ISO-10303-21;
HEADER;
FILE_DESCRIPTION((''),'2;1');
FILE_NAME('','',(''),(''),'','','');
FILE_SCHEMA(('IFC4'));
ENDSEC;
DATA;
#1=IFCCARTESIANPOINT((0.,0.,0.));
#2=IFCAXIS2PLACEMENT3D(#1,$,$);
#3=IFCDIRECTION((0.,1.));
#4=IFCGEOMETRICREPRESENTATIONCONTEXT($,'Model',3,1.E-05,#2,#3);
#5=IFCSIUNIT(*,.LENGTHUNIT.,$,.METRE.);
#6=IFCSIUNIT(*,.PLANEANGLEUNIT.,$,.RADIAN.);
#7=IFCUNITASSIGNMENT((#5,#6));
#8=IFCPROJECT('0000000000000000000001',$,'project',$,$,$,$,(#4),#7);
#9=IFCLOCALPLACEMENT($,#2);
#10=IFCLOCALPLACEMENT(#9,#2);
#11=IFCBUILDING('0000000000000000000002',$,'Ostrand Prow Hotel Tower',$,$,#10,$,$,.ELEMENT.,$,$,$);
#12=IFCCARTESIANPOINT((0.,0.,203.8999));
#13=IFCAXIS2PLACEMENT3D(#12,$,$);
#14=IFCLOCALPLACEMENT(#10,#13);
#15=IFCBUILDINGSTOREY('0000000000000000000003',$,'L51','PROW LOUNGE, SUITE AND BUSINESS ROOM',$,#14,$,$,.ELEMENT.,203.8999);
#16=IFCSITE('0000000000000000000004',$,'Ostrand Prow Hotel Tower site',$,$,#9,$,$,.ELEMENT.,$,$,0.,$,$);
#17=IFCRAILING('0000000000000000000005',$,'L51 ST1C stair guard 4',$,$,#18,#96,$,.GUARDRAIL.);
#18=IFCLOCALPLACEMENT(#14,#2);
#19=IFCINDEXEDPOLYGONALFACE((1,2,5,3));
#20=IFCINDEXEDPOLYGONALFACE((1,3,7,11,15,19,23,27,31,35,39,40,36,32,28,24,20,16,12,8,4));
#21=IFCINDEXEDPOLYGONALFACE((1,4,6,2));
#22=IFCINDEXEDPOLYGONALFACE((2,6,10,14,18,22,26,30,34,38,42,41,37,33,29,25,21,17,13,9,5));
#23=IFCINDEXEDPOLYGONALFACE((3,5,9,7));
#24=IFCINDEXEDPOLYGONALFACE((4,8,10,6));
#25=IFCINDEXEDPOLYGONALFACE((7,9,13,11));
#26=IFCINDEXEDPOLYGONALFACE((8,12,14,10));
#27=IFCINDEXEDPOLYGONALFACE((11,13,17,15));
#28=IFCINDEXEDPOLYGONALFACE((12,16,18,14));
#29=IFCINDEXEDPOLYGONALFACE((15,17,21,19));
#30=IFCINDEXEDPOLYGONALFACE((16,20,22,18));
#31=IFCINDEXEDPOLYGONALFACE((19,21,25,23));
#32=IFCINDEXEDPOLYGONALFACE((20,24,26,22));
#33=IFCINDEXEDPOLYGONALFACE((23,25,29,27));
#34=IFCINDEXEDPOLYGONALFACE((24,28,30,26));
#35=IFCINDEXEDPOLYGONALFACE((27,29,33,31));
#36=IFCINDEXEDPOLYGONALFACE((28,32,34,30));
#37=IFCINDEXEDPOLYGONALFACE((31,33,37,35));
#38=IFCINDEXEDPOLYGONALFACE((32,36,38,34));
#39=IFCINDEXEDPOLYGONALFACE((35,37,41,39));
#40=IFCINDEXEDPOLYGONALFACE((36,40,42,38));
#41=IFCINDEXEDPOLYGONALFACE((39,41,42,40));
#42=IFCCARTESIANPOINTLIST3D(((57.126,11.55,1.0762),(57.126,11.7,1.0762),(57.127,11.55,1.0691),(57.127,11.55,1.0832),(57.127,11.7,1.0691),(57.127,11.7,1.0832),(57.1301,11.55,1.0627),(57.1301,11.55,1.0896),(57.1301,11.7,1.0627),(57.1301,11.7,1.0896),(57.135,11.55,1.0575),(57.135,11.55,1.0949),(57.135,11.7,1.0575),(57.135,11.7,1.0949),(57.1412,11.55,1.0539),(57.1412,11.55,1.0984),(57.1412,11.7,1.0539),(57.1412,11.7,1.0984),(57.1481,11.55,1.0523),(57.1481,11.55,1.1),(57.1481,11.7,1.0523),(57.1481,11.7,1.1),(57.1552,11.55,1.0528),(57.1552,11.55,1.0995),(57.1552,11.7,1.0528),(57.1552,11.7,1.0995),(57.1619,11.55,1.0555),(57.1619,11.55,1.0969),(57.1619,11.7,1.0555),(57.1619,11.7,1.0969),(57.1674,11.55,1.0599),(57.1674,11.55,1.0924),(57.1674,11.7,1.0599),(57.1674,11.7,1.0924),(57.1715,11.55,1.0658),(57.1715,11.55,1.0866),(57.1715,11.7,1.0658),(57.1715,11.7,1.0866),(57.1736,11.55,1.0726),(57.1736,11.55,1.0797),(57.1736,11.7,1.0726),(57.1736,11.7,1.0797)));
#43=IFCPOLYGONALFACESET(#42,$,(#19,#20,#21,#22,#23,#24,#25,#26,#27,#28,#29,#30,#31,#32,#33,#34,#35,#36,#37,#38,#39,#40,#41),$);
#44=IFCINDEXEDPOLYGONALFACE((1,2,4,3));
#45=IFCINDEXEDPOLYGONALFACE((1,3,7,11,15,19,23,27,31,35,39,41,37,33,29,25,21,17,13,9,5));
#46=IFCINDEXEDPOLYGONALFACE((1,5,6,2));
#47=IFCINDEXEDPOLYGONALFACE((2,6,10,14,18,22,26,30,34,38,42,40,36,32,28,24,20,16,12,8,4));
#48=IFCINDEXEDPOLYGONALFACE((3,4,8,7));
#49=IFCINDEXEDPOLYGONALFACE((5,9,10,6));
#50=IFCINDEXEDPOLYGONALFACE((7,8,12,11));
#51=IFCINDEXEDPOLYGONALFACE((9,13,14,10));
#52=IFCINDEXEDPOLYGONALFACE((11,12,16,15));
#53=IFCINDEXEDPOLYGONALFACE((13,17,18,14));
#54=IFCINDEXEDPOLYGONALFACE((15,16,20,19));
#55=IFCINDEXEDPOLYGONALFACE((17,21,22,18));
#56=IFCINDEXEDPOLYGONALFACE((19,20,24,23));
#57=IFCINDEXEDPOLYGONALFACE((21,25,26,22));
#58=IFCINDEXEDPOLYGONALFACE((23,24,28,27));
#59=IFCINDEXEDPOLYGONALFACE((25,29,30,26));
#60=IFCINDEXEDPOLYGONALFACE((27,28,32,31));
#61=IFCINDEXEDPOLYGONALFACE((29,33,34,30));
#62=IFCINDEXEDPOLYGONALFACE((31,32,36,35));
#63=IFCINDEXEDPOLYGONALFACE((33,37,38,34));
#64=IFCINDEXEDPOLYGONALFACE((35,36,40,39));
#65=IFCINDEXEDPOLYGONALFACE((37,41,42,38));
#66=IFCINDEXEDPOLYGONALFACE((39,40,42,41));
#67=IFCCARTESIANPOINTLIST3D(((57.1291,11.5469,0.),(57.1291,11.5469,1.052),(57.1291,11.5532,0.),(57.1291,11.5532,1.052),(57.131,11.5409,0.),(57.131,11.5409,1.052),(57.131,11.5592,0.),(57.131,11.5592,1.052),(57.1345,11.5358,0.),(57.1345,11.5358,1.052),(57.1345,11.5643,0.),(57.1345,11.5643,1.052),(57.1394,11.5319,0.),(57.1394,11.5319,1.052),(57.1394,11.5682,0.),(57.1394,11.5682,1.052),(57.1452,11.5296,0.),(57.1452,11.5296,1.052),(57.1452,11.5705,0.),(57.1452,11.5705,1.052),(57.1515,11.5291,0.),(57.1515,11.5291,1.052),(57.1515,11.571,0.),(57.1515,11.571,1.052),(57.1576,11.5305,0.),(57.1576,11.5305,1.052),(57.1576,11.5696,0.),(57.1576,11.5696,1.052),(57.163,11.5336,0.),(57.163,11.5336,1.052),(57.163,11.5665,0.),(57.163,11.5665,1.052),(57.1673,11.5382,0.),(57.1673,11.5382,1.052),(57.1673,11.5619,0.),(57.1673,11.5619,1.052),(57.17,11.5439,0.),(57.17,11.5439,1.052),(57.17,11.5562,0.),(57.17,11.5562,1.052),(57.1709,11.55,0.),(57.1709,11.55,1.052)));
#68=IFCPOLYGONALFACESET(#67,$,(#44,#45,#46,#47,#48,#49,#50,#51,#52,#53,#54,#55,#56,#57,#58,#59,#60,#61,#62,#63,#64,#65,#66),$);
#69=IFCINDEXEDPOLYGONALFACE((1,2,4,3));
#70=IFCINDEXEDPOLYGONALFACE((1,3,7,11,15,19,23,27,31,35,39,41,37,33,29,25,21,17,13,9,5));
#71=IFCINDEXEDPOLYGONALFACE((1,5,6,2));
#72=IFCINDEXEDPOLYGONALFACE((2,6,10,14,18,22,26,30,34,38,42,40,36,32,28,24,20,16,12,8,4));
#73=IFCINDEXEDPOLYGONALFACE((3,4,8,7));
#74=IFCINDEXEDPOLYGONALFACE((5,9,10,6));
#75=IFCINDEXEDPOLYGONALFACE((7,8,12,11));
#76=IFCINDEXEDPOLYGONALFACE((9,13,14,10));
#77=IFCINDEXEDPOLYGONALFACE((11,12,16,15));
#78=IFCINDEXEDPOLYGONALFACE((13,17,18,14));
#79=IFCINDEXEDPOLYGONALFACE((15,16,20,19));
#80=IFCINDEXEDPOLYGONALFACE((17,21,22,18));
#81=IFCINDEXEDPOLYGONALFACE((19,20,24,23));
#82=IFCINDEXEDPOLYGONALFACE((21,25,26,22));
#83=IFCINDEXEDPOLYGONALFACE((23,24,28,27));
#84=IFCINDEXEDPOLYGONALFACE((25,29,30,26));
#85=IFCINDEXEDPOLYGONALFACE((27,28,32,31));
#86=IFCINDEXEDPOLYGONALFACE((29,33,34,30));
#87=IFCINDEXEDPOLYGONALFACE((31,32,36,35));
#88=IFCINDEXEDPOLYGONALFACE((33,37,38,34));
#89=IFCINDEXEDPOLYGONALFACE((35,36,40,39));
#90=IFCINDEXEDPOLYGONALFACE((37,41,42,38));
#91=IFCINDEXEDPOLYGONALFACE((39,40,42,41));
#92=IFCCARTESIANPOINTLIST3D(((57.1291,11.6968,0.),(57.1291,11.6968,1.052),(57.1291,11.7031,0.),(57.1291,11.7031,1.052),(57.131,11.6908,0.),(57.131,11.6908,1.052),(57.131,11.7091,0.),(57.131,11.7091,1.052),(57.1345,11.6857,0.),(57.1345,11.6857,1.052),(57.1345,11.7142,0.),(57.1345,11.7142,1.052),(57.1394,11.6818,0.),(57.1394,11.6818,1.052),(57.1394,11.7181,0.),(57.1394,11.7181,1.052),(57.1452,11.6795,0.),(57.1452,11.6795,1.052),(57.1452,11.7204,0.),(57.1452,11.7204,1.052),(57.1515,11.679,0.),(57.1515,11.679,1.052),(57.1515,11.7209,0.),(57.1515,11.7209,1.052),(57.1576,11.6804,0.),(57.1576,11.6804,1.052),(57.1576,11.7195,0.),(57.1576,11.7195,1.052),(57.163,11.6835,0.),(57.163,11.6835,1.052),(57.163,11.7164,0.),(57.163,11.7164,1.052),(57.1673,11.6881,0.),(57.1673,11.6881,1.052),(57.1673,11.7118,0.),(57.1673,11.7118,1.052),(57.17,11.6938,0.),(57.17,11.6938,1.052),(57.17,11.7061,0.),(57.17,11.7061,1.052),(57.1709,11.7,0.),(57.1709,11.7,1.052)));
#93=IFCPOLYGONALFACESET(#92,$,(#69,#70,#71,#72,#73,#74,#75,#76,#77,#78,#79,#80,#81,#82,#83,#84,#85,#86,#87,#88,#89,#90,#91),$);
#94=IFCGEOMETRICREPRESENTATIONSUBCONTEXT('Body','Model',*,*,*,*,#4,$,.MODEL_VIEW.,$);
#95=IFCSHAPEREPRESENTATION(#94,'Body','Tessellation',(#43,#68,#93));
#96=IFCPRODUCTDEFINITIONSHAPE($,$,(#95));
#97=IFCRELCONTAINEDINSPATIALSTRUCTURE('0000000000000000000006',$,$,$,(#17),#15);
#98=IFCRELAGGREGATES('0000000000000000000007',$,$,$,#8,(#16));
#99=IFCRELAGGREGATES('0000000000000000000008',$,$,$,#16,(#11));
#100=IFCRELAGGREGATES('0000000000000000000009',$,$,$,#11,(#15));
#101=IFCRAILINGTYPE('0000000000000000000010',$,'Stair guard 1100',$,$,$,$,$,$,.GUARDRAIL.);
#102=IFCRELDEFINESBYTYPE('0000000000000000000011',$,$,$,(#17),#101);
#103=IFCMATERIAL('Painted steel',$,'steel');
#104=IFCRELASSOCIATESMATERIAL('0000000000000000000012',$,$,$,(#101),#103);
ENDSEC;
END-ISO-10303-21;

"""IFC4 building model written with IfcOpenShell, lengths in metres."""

from ifc_helpers import new_model, si_unit, direction, frame, origin, origin_2d, place, context, subcontext, project, spatial, circle, extrude, material, type_object, element, save


model = new_model("IFC4")

# Units and contexts
model_context = context("Model", 3, precision=1e-05, world=origin(), true_north=direction((0.0, 1.0)))
body_context = subcontext(model_context, "Body", "Model", "MODEL_VIEW")
ifc_project = project(units=[si_unit("LENGTHUNIT", "METRE"), si_unit("PLANEANGLEUNIT", "RADIAN")], contexts=[model_context])

# Site, building, storey
site_placement = place(None, origin())
site = spatial("IfcSite", under=ifc_project, at=site_placement, Name="Ostrand Prow Hotel Tower site", CompositionType="ELEMENT", RefElevation=0.0)
building_placement = place(site_placement, origin())
building = spatial("IfcBuilding", under=site, at=building_placement, Name="Ostrand Prow Hotel Tower", CompositionType="ELEMENT")
storey_placement = place(building_placement, frame((0.0, 0.0, 203.8999)))
storey = spatial("IfcBuildingStorey", under=building, at=storey_placement, Name="L51", Description="PROW LOUNGE, SUITE AND BUSINESS ROOM", CompositionType="ELEMENT", Elevation=203.8999)

# Railing
ifc_material_1 = material(Name="Painted steel", Category="steel")
railing_type_1 = type_object("IfcRailingType", Name="Stair guard 1100", PredefinedType="GUARDRAIL", material=ifc_material_1)
railing_1_placement = place(storey_placement, frame((57.1499, 11.55, 0.0)))
element("IfcRailing", 1, at=railing_1_placement, inside=storey, type_object=railing_type_1, Name="L51 ST1C stair guard 4", PredefinedType="GUARDRAIL", context=body_context, shape_type="SweptSolid", body=[
    extrude(circle(Radius=0.0239, at=origin_2d()), frame((0.0, 0.0, 1.0762), z_axis=(0.0, 1.0, 0.0), x_axis=(-1.0, 0.0, 0.0)), (0.0, 0.0, 1.0), 0.1499),
    extrude(circle(Radius=0.021, at=origin_2d()), origin(), (0.0, 0.0, 1.0), 1.052),
    extrude(circle(Radius=0.021, at=origin_2d()), frame((0.0, 0.1499, 0.0)), (0.0, 0.0, 1.0), 1.052),
])

save(model, "model.ifc")
